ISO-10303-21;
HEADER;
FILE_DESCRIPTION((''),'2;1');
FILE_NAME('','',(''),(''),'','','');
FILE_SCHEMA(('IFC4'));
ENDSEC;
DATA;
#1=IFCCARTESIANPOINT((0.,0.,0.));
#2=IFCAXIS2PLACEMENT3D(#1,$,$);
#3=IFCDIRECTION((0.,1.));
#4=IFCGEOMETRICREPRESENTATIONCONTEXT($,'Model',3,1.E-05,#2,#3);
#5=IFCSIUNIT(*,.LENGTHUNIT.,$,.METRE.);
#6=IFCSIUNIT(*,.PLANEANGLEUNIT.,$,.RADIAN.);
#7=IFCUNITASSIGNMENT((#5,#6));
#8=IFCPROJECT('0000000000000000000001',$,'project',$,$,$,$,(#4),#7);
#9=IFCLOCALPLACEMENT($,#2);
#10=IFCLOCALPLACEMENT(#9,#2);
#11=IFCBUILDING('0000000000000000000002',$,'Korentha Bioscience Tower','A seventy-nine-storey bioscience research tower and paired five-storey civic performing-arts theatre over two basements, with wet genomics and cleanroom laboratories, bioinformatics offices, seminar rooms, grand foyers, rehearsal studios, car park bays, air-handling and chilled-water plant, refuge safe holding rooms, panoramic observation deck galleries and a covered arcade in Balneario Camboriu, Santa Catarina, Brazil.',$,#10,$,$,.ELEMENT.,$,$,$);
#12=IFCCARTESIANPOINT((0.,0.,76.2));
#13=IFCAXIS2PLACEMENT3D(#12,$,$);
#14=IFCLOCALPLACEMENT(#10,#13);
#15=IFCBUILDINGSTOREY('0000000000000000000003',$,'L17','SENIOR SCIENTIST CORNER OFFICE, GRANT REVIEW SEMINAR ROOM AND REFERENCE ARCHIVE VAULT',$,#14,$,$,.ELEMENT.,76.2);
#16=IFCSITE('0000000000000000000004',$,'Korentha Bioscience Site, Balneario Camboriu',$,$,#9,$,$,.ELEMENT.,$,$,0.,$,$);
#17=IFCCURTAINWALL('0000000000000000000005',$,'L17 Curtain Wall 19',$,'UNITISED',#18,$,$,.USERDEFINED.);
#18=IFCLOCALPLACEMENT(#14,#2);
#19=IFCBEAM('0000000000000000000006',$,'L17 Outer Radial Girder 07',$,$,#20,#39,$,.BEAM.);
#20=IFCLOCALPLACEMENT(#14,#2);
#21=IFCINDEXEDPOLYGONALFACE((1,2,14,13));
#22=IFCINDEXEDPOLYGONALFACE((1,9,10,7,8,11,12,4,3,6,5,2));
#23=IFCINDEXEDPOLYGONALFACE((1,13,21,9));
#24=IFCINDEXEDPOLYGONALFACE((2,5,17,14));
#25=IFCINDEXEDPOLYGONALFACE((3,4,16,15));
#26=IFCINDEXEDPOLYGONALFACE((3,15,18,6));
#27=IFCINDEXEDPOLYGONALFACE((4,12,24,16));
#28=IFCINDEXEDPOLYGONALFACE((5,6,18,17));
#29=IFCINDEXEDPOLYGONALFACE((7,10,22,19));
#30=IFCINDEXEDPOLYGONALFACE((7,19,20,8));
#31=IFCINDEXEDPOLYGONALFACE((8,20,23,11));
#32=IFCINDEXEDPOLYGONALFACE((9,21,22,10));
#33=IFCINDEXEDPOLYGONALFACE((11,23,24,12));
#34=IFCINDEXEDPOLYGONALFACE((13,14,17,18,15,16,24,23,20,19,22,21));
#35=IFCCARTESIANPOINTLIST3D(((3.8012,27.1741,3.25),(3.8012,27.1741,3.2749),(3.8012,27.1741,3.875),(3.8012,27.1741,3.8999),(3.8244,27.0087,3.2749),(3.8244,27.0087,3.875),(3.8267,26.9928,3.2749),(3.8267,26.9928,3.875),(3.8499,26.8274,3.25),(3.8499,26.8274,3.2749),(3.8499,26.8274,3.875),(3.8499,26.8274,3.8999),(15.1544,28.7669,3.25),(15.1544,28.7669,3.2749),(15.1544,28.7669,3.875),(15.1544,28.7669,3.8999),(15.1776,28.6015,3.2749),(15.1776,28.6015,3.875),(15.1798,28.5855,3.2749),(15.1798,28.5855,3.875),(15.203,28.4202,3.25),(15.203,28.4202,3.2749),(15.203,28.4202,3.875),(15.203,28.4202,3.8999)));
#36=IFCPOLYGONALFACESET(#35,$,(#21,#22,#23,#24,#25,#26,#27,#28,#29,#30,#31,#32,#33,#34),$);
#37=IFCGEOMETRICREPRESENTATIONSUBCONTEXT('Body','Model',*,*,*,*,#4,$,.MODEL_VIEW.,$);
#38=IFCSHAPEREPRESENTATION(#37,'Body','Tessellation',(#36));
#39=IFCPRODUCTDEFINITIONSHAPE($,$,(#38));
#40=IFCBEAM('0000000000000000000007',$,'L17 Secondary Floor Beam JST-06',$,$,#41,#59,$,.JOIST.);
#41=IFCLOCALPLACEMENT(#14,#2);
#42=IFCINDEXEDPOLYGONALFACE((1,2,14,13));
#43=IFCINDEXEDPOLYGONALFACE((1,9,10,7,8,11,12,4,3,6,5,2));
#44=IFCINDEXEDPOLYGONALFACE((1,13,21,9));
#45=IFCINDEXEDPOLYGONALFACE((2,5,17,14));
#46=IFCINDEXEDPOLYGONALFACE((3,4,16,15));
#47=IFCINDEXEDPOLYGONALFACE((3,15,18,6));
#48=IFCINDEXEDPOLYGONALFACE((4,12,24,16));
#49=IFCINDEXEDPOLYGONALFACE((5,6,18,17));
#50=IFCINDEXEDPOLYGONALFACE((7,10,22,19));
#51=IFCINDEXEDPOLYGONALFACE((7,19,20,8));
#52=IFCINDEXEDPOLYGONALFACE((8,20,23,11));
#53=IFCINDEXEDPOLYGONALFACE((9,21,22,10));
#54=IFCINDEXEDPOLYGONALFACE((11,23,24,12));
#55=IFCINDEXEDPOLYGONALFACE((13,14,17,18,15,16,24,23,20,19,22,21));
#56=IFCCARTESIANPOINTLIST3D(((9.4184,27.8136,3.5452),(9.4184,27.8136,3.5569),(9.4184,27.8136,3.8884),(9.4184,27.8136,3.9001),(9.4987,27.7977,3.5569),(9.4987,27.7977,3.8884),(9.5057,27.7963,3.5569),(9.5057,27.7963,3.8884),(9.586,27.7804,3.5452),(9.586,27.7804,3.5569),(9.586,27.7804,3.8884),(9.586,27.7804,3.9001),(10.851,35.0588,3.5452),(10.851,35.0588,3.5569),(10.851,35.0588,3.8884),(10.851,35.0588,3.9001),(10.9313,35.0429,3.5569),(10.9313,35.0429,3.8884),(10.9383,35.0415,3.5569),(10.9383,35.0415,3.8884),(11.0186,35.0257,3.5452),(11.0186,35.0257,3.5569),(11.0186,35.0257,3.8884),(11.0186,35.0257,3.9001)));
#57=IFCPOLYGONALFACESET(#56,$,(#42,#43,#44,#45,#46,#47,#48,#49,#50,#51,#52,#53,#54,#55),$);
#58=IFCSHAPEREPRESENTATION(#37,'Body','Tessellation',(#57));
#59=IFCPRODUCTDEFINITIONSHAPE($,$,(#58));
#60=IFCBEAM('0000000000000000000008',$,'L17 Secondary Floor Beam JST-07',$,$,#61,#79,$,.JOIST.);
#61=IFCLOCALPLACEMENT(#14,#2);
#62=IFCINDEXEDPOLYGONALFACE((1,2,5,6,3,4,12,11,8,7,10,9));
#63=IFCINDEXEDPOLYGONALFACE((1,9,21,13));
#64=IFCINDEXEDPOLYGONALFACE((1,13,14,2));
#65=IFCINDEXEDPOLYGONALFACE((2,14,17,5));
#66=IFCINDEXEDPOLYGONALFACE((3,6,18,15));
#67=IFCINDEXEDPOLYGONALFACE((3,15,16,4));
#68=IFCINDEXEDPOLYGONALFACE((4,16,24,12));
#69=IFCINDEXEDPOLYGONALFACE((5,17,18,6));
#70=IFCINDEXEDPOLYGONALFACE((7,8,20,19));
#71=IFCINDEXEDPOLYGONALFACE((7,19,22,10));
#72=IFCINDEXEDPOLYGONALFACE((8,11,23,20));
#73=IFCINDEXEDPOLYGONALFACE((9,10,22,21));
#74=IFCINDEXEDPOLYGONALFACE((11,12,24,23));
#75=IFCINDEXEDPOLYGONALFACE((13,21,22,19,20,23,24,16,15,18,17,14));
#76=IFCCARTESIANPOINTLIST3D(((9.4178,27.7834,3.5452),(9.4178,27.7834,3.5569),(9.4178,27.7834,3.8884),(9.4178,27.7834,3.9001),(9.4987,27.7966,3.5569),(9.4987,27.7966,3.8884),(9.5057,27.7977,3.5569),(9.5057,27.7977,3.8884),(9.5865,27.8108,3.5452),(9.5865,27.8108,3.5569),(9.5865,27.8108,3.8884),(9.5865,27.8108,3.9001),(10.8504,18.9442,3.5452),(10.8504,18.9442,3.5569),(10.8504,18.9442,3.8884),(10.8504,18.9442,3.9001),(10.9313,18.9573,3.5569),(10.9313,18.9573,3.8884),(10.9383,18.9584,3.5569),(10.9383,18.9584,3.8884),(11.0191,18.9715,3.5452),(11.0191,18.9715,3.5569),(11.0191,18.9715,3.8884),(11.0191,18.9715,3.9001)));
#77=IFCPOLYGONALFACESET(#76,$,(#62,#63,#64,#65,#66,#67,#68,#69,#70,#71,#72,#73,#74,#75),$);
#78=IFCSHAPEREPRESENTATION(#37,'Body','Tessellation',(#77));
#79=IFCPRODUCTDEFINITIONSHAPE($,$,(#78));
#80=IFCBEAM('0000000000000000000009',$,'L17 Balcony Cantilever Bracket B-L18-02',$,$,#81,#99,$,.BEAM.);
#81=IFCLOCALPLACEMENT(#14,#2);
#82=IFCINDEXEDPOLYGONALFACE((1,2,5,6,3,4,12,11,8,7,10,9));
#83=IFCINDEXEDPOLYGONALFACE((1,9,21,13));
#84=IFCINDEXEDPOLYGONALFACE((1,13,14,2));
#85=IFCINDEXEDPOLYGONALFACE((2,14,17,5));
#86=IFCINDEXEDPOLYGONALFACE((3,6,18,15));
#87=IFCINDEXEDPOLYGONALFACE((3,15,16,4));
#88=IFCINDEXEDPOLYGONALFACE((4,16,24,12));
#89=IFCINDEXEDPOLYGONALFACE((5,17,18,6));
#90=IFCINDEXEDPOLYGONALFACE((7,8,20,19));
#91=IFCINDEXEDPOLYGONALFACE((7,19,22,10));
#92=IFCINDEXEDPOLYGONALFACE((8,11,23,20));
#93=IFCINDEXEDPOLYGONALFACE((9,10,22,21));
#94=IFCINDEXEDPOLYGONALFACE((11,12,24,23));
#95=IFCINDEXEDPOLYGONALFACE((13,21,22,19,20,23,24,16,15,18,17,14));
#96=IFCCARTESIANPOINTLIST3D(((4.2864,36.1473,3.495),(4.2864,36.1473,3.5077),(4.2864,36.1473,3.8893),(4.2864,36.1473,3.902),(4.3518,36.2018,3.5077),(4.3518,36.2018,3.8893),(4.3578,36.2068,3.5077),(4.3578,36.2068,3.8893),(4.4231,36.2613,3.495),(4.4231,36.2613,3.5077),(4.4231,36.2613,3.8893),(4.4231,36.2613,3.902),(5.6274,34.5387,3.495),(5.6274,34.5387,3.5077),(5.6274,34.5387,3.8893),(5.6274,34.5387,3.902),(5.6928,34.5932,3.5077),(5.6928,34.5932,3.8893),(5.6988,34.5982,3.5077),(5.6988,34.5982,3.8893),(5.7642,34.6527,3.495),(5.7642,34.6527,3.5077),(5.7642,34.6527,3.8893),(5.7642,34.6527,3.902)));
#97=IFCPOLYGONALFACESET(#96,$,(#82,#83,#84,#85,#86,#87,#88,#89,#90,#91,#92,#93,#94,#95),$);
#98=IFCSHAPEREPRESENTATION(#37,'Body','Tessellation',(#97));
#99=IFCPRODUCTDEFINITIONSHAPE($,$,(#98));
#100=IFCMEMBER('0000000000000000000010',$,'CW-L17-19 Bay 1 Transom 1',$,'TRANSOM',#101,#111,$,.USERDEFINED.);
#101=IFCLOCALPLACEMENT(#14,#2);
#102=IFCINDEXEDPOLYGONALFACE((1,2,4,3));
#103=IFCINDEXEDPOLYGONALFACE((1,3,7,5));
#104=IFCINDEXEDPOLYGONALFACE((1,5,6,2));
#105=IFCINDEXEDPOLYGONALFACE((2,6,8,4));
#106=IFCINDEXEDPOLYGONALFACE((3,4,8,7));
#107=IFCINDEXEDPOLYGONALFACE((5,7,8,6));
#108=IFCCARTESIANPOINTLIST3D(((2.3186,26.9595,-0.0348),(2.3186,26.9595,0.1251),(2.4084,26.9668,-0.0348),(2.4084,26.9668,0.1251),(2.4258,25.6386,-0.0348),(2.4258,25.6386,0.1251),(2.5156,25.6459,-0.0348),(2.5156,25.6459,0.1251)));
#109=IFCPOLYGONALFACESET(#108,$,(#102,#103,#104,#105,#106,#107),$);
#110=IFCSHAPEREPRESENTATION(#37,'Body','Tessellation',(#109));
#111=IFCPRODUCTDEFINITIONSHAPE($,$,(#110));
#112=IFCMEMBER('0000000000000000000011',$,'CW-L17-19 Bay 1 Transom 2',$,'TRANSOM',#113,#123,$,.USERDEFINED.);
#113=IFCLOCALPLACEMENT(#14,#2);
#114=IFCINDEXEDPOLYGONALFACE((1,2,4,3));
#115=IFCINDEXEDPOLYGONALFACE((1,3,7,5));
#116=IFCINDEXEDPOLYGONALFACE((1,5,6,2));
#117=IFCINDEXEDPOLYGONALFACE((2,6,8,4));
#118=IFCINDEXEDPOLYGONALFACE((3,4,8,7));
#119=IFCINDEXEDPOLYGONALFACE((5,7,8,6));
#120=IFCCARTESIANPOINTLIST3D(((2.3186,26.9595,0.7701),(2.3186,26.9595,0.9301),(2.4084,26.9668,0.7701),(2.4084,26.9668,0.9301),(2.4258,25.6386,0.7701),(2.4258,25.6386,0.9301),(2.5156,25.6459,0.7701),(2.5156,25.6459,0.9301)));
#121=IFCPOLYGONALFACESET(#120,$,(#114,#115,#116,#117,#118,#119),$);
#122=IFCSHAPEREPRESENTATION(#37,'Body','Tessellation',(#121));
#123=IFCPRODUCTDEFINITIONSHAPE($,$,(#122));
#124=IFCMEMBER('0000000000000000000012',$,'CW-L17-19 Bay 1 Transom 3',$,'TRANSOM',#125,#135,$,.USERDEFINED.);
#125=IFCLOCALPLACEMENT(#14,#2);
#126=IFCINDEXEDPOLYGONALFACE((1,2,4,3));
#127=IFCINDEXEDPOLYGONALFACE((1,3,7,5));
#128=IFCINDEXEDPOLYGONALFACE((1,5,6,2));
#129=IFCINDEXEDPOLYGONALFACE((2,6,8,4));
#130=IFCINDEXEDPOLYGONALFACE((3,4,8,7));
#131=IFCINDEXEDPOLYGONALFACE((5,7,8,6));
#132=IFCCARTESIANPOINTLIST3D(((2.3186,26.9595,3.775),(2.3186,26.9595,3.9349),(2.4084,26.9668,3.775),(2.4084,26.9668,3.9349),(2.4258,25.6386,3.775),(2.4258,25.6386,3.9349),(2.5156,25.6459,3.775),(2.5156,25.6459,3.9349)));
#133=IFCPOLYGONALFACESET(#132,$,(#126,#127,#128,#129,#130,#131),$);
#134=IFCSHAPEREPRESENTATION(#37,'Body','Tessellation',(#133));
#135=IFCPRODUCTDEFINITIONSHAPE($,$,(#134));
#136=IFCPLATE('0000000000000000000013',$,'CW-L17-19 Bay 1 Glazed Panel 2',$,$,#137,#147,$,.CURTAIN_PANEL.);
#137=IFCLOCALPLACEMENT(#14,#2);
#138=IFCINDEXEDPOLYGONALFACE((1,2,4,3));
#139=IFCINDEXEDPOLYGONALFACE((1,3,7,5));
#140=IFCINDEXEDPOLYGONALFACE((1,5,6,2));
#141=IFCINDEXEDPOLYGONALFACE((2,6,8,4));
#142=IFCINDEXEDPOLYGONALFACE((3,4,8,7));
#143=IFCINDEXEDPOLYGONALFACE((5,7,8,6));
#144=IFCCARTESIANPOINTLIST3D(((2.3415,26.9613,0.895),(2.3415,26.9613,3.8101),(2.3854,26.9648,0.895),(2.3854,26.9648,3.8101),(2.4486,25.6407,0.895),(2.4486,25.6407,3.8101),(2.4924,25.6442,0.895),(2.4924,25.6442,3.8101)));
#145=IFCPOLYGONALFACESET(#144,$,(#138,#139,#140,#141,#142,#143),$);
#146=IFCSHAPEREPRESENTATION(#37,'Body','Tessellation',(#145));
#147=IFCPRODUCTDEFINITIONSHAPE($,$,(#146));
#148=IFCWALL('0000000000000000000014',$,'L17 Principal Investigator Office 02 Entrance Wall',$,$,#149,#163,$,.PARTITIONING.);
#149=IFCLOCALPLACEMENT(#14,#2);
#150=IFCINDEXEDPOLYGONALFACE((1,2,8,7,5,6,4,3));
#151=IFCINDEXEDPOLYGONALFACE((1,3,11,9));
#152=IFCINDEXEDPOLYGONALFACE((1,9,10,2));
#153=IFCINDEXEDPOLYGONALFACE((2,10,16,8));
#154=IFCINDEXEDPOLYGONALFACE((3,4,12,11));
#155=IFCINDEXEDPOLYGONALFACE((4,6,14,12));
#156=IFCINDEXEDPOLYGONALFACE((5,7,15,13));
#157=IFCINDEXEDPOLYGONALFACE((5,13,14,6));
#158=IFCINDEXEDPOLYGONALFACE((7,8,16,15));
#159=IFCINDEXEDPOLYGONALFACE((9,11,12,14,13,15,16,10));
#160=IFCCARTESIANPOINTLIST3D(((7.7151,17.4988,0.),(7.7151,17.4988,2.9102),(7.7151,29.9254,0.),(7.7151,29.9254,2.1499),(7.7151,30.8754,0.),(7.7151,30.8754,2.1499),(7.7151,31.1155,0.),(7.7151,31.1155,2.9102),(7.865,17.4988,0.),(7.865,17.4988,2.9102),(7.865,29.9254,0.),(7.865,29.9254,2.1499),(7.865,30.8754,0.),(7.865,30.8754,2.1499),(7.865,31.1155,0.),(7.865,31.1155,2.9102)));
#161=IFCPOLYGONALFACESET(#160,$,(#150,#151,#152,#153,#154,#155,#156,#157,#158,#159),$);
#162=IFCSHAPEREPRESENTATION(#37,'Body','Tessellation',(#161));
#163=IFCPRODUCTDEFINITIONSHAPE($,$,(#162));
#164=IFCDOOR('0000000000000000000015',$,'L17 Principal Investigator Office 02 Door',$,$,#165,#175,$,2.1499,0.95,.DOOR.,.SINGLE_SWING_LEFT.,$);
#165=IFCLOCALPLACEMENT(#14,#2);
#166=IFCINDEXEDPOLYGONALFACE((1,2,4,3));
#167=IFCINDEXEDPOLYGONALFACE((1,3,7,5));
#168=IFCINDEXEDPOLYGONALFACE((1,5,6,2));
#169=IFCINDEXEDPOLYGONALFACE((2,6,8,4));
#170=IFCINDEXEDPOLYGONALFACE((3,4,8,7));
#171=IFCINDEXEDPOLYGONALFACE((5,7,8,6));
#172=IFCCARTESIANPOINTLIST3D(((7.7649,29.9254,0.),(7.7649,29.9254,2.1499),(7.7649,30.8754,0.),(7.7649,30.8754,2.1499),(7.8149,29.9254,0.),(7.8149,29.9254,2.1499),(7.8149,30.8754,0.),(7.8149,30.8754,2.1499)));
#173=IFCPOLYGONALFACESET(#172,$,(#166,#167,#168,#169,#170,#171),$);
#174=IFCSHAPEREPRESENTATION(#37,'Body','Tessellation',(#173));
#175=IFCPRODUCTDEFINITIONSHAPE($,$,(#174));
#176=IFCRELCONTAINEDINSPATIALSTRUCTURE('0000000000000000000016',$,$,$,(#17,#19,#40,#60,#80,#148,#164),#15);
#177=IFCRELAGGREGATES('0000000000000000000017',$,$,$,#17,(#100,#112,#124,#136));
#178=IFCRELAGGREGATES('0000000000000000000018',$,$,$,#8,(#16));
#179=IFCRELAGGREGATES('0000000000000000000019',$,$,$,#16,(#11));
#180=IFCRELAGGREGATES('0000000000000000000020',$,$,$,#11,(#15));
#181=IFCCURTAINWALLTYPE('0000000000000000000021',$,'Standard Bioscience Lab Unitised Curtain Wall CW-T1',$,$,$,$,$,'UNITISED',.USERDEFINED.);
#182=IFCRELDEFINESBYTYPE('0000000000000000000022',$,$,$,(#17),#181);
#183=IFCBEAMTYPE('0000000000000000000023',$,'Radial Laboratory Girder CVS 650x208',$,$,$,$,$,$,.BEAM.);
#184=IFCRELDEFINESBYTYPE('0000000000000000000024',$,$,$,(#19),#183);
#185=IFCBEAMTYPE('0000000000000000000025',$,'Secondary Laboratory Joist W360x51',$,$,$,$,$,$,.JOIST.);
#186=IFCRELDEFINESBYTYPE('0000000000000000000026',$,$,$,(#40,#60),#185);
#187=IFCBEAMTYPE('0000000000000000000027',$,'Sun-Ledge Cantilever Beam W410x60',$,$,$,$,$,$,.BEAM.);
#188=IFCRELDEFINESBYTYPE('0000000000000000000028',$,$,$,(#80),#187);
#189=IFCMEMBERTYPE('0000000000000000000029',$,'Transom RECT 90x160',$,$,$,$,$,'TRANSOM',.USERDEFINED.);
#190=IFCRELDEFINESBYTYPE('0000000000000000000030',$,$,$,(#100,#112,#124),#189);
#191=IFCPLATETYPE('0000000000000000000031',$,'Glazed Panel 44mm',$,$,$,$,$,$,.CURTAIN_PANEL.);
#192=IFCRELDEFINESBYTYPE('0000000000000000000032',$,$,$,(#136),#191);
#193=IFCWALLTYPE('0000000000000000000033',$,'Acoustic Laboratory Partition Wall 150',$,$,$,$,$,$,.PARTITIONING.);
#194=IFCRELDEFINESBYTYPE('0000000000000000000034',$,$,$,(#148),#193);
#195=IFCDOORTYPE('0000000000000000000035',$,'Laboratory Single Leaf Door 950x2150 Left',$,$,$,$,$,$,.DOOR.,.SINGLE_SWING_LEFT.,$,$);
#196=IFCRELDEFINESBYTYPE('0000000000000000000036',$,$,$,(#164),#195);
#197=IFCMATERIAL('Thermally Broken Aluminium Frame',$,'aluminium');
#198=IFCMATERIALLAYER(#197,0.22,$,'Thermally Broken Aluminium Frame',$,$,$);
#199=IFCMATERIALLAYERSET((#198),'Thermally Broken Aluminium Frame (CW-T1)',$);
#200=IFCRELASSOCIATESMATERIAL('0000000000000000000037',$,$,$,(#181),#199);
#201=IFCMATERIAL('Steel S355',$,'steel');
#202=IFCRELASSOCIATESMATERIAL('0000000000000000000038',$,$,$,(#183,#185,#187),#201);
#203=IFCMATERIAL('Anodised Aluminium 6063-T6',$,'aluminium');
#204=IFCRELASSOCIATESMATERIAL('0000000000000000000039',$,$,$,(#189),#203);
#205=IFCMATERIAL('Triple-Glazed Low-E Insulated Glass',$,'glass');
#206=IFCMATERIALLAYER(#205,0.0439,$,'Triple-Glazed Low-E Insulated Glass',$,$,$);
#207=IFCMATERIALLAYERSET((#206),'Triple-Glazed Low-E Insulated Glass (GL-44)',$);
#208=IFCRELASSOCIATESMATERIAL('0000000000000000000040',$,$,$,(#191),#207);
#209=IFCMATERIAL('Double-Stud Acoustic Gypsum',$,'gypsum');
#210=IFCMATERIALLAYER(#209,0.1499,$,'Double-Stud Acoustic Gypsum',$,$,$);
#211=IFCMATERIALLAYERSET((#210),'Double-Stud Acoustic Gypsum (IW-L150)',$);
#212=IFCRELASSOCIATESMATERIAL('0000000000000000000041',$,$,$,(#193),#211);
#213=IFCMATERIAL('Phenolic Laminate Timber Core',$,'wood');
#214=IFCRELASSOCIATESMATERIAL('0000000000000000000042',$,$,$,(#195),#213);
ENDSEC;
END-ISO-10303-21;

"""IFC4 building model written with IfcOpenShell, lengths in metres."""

from ifc_helpers import new_model, si_unit, direction, frame, frame_2d, origin, origin_2d, place, context, subcontext, project, spatial, rectangle, i_section, extrude, material, layer, layer_set, material_profile, profile_set, type_object, element, fill, aggregate, save


model = new_model("IFC4")

# Units and contexts
model_context = context("Model", 3, precision=1e-05, world=origin(), true_north=direction((0.0, 1.0)))
body_context = subcontext(model_context, "Body", "Model", "MODEL_VIEW")
ifc_project = project(units=[si_unit("LENGTHUNIT", "METRE"), si_unit("PLANEANGLEUNIT", "RADIAN")], contexts=[model_context])

# Site, building, storey
site_placement = place(None, origin())
site = spatial("IfcSite", under=ifc_project, at=site_placement, Name="Korentha Bioscience Site, Balneario Camboriu", CompositionType="ELEMENT", RefElevation=0.0)
building_placement = place(site_placement, origin())
building = spatial("IfcBuilding", under=site, at=building_placement, Name="Korentha Bioscience Tower", Description="A seventy-nine-storey bioscience research tower and paired five-storey civic performing-arts theatre over two basements, with wet genomics and cleanroom laboratories, bioinformatics offices, seminar rooms, grand foyers, rehearsal studios, car park bays, air-handling and chilled-water plant, refuge safe holding rooms, panoramic observation deck galleries and a covered arcade in Balneario Camboriu, Santa Catarina, Brazil.", CompositionType="ELEMENT")
storey_placement = place(building_placement, frame((0.0, 0.0, 76.2)))
storey = spatial("IfcBuildingStorey", under=building, at=storey_placement, Name="L17", Description="SENIOR SCIENTIST CORNER OFFICE, GRANT REVIEW SEMINAR ROOM AND REFERENCE ARCHIVE VAULT", CompositionType="ELEMENT", Elevation=76.2)

# Shared definitions
ifc_material_1 = material(Name="Steel S355", Category="steel")

# Curtain wall
ifc_material_2 = material(Name="Thermally Broken Aluminium Frame", Category="aluminium")
ifc_layer_1 = layer(ifc_material_2, 0.22, Name="Thermally Broken Aluminium Frame")
ifc_layer_set_1 = layer_set([ifc_layer_1], Name="Thermally Broken Aluminium Frame (CW-T1)")
curtain_wall_type = type_object("IfcCurtainWallType", Name="Standard Bioscience Lab Unitised Curtain Wall CW-T1", ElementType="UNITISED", PredefinedType="USERDEFINED", material=ifc_layer_set_1)
curtain_wall_placement = place(storey_placement, origin())
curtain_wall = element("IfcCurtainWall", 1, at=curtain_wall_placement, inside=storey, type_object=curtain_wall_type, Name="L17 Curtain Wall 19", ObjectType="UNITISED", PredefinedType="USERDEFINED")
ifc_material_3 = material(Name="Anodised Aluminium 6063-T6", Category="aluminium")

# Beams
ifc_material_profile_1 = material_profile(ifc_material_1, i_section(OverallWidth=0.3501, OverallDepth=0.6499, WebThickness=0.0161, FlangeThickness=0.0249, at=origin_2d()), Name="Steel S355")
ifc_profile_set_1 = profile_set([ifc_material_profile_1], Name="Steel S355 (RB-650)")
beam_type_1 = type_object("IfcBeamType", Name="Radial Laboratory Girder CVS 650x208", PredefinedType="BEAM", material=ifc_profile_set_1)
beam_1_placement = place(storey_placement, frame((15.1787, 28.5935, 3.575), z_axis=(-0.990302, -0.138931, 0.0), x_axis=(0.138931, -0.990302, 0.0)))
element("IfcBeam", 2, at=beam_1_placement, inside=storey, type_object=beam_type_1, Name="L17 Outer Radial Girder 07", PredefinedType="BEAM", context=body_context, shape_type="SweptSolid", body=[
    extrude(i_section(OverallWidth=0.3501, OverallDepth=0.6499, WebThickness=0.0161, FlangeThickness=0.0249, at=origin_2d()), origin(), (0.0, 0.0, 1.0), 11.4644),
])
ifc_material_profile_2 = material_profile(ifc_material_1, i_section(OverallWidth=0.1709, OverallDepth=0.355, WebThickness=0.0071, FlangeThickness=0.0117, at=origin_2d()), Name="Steel S355")
ifc_profile_set_2 = profile_set([ifc_material_profile_2], Name="Steel S355 (JB-360)")
beam_type_2 = type_object("IfcBeamType", Name="Secondary Laboratory Joist W360x51", PredefinedType="JOIST", material=ifc_profile_set_2)
beam_2_placement = place(storey_placement, frame((10.9348, 35.0422, 3.7227), z_axis=(-0.19398, -0.981006, 0.0), x_axis=(0.981006, -0.19398, 0.0)))
element("IfcBeam", 3, at=beam_2_placement, inside=storey, type_object=beam_type_2, Name="L17 Secondary Floor Beam JST-06", PredefinedType="JOIST", context=body_context, shape_type="SweptSolid", body=[
    extrude(i_section(OverallWidth=0.1709, OverallDepth=0.355, WebThickness=0.0071, FlangeThickness=0.0117, at=origin_2d()), origin(), (0.0, 0.0, 1.0), 7.3855),
])
beam_3_placement = place(storey_placement, frame((9.5022, 27.7971, 3.7227), z_axis=(0.159985, -0.987119, 0.0), x_axis=(0.987119, 0.159985, 0.0)))
element("IfcBeam", 4, at=beam_3_placement, inside=storey, type_object=beam_type_2, Name="L17 Secondary Floor Beam JST-07", PredefinedType="JOIST", context=body_context, shape_type="SweptSolid", body=[
    extrude(i_section(OverallWidth=0.1709, OverallDepth=0.355, WebThickness=0.0071, FlangeThickness=0.0117, at=origin_2d()), origin(), (0.0, 0.0, 1.0), 8.9546),
])
ifc_material_profile_3 = material_profile(ifc_material_1, i_section(OverallWidth=0.178, OverallDepth=0.407, WebThickness=0.0078, FlangeThickness=0.0127, at=origin_2d()), Name="Steel S355")
ifc_profile_set_3 = profile_set([ifc_material_profile_3], Name="Steel S355 (CB-410)")
beam_type_3 = type_object("IfcBeamType", Name="Sun-Ledge Cantilever Beam W410x60", PredefinedType="BEAM", material=ifc_profile_set_3)
beam_4_placement = place(storey_placement, frame((5.6958, 34.5957, 3.6985), z_axis=(-0.640333, 0.768097, 0.0), x_axis=(-0.768097, -0.640333, 0.0)))
element("IfcBeam", 5, at=beam_4_placement, inside=storey, type_object=beam_type_3, Name="L17 Balcony Cantilever Bracket B-L18-02", PredefinedType="BEAM", context=body_context, shape_type="SweptSolid", body=[
    extrude(i_section(OverallWidth=0.178, OverallDepth=0.407, WebThickness=0.0078, FlangeThickness=0.0127, at=origin_2d()), origin(), (0.0, 0.0, 1.0), 2.0942),
])

# Members
ifc_material_profile_4 = material_profile(ifc_material_3, rectangle(XDim=0.0901, YDim=0.1599, at=origin_2d()), Name="Anodised Aluminium 6063-T6")
ifc_profile_set_4 = profile_set([ifc_material_profile_4], Name="Anodised Aluminium 6063-T6 (CW-TRN)")
member_type_1 = type_object("IfcMemberType", Name="Transom RECT 90x160", ElementType="TRANSOM", PredefinedType="USERDEFINED", material=ifc_profile_set_4)
member_1_placement = place(storey_placement, frame((2.3635, 26.9631, 0.0452), z_axis=(0.08088, -0.996724, 0.0), x_axis=(0.996724, 0.08088, 0.0)))
member_1 = element("IfcMember", 6, at=member_1_placement, type_object=member_type_1, Name="CW-L17-19 Bay 1 Transom 1", ObjectType="TRANSOM", PredefinedType="USERDEFINED", context=body_context, shape_type="SweptSolid", body=[
    extrude(rectangle(XDim=0.0901, YDim=0.1599, at=origin_2d()), origin(), (0.0, 0.0, 1.0), 1.3252),
])
member_2_placement = place(storey_placement, frame((2.3635, 26.9631, 0.8501), z_axis=(0.08088, -0.996724, 0.0), x_axis=(0.996724, 0.08088, 0.0)))
member_2 = element("IfcMember", 7, at=member_2_placement, type_object=member_type_1, Name="CW-L17-19 Bay 1 Transom 2", ObjectType="TRANSOM", PredefinedType="USERDEFINED", context=body_context, shape_type="SweptSolid", body=[
    extrude(rectangle(XDim=0.0901, YDim=0.1599, at=origin_2d()), origin(), (0.0, 0.0, 1.0), 1.3252),
])
member_3_placement = place(storey_placement, frame((2.3635, 26.9631, 3.855), z_axis=(0.08088, -0.996724, 0.0), x_axis=(0.996724, 0.08088, 0.0)))
member_3 = element("IfcMember", 8, at=member_3_placement, type_object=member_type_1, Name="CW-L17-19 Bay 1 Transom 3", ObjectType="TRANSOM", PredefinedType="USERDEFINED", context=body_context, shape_type="SweptSolid", body=[
    extrude(rectangle(XDim=0.0901, YDim=0.1599, at=origin_2d()), origin(), (0.0, 0.0, 1.0), 1.3252),
])

# Plate
ifc_material_4 = material(Name="Triple-Glazed Low-E Insulated Glass", Category="glass")
ifc_layer_2 = layer(ifc_material_4, 0.0439, Name="Triple-Glazed Low-E Insulated Glass")
ifc_layer_set_2 = layer_set([ifc_layer_2], Name="Triple-Glazed Low-E Insulated Glass (GL-44)")
plate_type = type_object("IfcPlateType", Name="Glazed Panel 44mm", PredefinedType="CURTAIN_PANEL", material=ifc_layer_set_2)
plate_placement = place(storey_placement, frame((2.417, 26.3027, 0.895), z_axis=(0.0, 0.0, 1.0), x_axis=(0.08082, -0.996729, 0.0)))
plate = element("IfcPlate", 9, at=plate_placement, type_object=plate_type, Name="CW-L17-19 Bay 1 Glazed Panel 2", PredefinedType="CURTAIN_PANEL", context=body_context, shape_type="SweptSolid", body=[
    extrude(rectangle(XDim=1.325, YDim=0.0439, at=origin_2d()), origin(), (0.0, 0.0, 1.0), 2.915),
])
aggregate(curtain_wall, [member_1, member_2, member_3, plate])

# Wall, opening, door
ifc_material_5 = material(Name="Double-Stud Acoustic Gypsum", Category="gypsum")
ifc_layer_3 = layer(ifc_material_5, 0.1499, Name="Double-Stud Acoustic Gypsum")
ifc_layer_set_3 = layer_set([ifc_layer_3], Name="Double-Stud Acoustic Gypsum (IW-L150)")
wall_type_1 = type_object("IfcWallType", Name="Acoustic Laboratory Partition Wall 150", PredefinedType="PARTITIONING", material=ifc_layer_set_3)
wall_1_placement = place(storey_placement, frame((7.79, 31.1155, 0.0), z_axis=(0.0, 0.0, 1.0), x_axis=(0.0, -1.0, 0.0)))
wall_1 = element("IfcWall", 10, at=wall_1_placement, inside=storey, type_object=wall_type_1, Name="L17 Principal Investigator Office 02 Entrance Wall", PredefinedType="PARTITIONING", context=body_context, shape_type="SweptSolid", body=[
    extrude(rectangle(XDim=13.6167, YDim=0.1499, at=frame_2d((6.8083, 0.0))), origin(), (0.0, 0.0, 1.0), 2.9102),
])
opening_1_placement = place(wall_1_placement, frame((0.24, 0.0, 0.0)))
opening_1 = element("IfcOpeningElement", 11, at=opening_1_placement, cuts=wall_1, PredefinedType="OPENING", context=body_context, shape_type="SweptSolid", body=[
    extrude(rectangle(XDim=0.95, YDim=2.1499, at=frame_2d((0.4751, 1.075))), frame((0.0, 0.0898, 0.0), z_axis=(0.0, -1.0, 0.0), x_axis=(1.0, 0.0, 0.0)), (0.0, 0.0, 1.0), 0.1797),
])
ifc_material_6 = material(Name="Phenolic Laminate Timber Core", Category="wood")
door_type_1 = type_object("IfcDoorType", Name="Laboratory Single Leaf Door 950x2150 Left", OperationType="SINGLE_SWING_LEFT", PredefinedType="DOOR", material=ifc_material_6)
door_1_placement = place(opening_1_placement, origin())
door_1 = element("IfcDoor", 12, at=door_1_placement, inside=storey, type_object=door_type_1, Name="L17 Principal Investigator Office 02 Door", OperationType="SINGLE_SWING_LEFT", OverallHeight=2.1499, OverallWidth=0.95, PredefinedType="DOOR", context=body_context, shape_type="SweptSolid", body=[
    extrude(rectangle(XDim=0.95, YDim=2.1499, at=frame_2d((0.4751, 1.075))), frame((0.0, 0.0249, 0.0), z_axis=(0.0, -1.0, 0.0), x_axis=(1.0, 0.0, 0.0)), (0.0, 0.0, 1.0), 0.05),
])
fill(opening_1, door_1)

save(model, "model.ifc")
